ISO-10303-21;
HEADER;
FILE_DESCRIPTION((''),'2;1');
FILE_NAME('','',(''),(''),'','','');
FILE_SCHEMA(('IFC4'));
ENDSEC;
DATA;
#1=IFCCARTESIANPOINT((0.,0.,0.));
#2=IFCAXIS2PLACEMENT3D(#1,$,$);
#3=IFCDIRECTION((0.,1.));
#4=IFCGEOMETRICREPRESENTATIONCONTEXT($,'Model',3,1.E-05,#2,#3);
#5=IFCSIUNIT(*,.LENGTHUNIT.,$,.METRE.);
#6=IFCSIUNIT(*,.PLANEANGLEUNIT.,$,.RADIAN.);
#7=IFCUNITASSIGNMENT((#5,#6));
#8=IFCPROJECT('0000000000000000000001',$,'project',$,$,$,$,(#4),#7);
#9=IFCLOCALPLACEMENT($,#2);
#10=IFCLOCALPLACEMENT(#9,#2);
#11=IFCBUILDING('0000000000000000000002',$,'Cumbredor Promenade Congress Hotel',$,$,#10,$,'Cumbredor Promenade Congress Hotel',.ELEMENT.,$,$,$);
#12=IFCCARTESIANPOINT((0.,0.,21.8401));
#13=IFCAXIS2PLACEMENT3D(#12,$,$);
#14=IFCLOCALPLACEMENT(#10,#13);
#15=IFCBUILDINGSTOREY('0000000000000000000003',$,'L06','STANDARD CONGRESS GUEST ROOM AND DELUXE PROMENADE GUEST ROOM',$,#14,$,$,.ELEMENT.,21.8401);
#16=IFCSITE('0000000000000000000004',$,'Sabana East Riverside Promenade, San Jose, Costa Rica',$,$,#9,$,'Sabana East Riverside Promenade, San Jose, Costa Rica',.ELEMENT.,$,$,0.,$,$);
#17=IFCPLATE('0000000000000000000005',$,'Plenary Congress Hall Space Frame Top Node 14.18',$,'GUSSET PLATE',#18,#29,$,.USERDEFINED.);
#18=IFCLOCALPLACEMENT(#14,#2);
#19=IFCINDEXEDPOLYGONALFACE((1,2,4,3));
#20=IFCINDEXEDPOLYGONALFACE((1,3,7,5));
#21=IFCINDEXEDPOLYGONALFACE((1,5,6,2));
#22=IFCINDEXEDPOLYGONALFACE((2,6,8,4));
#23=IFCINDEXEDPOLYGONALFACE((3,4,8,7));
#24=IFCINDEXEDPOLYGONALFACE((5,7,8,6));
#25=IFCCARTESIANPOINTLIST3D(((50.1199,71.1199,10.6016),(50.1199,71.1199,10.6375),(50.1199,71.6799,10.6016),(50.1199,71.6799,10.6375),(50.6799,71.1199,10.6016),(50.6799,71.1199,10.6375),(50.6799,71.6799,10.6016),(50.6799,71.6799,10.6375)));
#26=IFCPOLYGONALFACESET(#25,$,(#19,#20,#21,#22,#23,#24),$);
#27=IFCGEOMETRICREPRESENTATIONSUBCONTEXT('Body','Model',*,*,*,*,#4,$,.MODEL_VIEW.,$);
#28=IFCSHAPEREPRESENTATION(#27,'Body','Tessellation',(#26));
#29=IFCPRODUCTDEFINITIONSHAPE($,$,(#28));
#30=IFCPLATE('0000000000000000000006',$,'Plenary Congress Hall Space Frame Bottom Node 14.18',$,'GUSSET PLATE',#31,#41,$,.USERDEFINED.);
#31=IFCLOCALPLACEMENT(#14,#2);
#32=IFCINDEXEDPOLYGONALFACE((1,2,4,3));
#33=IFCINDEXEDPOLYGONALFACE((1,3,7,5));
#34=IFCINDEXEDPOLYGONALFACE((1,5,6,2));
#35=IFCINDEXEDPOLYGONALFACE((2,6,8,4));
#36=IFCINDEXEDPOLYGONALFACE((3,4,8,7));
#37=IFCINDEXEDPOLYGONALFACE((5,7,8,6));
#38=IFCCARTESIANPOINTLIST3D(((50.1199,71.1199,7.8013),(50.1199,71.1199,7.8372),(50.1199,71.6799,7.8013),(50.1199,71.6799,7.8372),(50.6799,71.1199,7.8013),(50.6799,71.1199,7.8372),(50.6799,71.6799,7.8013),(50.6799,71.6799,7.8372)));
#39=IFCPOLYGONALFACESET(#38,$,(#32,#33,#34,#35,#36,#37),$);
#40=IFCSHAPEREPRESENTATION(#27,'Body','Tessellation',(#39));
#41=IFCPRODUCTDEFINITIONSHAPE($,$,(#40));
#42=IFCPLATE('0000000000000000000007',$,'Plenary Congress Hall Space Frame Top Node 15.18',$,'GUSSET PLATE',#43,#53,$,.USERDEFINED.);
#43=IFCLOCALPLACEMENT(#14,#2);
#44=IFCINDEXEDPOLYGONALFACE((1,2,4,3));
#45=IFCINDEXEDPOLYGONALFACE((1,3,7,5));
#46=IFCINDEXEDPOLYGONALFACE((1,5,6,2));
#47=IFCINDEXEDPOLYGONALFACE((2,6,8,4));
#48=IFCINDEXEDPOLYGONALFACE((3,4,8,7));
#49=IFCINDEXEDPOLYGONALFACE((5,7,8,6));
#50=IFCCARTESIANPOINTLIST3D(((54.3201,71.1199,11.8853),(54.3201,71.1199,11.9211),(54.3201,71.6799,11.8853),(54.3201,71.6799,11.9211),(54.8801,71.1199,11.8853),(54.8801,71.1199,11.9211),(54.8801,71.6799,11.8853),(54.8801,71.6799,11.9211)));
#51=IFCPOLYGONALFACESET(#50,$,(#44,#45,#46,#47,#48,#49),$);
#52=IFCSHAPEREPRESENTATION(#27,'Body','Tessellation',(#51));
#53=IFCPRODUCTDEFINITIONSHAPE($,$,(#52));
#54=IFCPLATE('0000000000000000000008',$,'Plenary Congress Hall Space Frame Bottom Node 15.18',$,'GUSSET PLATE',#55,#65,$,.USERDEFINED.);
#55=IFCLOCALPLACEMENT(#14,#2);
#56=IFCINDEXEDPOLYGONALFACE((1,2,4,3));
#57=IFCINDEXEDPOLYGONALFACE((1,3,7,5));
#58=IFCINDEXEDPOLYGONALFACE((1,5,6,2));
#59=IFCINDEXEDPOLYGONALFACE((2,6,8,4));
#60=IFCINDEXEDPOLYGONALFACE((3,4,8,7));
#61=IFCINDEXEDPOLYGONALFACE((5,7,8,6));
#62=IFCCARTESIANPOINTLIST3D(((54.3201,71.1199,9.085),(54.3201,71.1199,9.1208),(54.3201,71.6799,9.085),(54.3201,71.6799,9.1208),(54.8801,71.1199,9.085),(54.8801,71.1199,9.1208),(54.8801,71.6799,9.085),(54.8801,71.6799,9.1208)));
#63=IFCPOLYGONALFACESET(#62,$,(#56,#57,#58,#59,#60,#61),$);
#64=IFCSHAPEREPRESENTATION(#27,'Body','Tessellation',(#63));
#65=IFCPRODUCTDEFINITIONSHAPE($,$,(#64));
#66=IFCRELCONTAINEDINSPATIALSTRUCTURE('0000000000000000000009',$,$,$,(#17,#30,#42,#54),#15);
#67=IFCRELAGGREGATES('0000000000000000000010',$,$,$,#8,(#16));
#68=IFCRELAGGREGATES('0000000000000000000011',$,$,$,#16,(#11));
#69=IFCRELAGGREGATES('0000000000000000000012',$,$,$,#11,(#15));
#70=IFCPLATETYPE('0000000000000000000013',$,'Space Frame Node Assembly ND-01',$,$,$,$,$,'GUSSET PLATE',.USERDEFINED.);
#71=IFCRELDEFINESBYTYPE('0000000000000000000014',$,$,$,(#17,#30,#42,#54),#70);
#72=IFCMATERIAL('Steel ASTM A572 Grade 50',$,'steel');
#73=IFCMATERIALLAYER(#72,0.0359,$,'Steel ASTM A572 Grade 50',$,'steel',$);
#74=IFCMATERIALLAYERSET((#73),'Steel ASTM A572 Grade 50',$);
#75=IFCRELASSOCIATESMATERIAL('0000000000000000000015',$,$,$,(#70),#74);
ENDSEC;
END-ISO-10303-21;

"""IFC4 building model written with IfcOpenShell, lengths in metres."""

from ifc_helpers import new_model, si_unit, direction, frame, origin, origin_2d, place, context, subcontext, project, spatial, rectangle, extrude, material, layer, layer_set, type_object, element, save


model = new_model("IFC4")

# Units and contexts
model_context = context("Model", 3, precision=1e-05, world=origin(), true_north=direction((0.0, 1.0)))
body_context = subcontext(model_context, "Body", "Model", "MODEL_VIEW")
ifc_project = project(units=[si_unit("LENGTHUNIT", "METRE"), si_unit("PLANEANGLEUNIT", "RADIAN")], contexts=[model_context])

# Site, building, storey
site_placement = place(None, origin())
site = spatial("IfcSite", under=ifc_project, at=site_placement, Name="Sabana East Riverside Promenade, San Jose, Costa Rica", LongName="Sabana East Riverside Promenade, San Jose, Costa Rica", CompositionType="ELEMENT", RefElevation=0.0)
building_placement = place(site_placement, origin())
building = spatial("IfcBuilding", under=site, at=building_placement, Name="Cumbredor Promenade Congress Hotel", LongName="Cumbredor Promenade Congress Hotel", CompositionType="ELEMENT")
storey_placement = place(building_placement, frame((0.0, 0.0, 21.8401)))
storey = spatial("IfcBuildingStorey", under=building, at=storey_placement, Name="L06", Description="STANDARD CONGRESS GUEST ROOM AND DELUXE PROMENADE GUEST ROOM", CompositionType="ELEMENT", Elevation=21.8401)

# Plates
ifc_material_1 = material(Name="Steel ASTM A572 Grade 50", Category="steel")
ifc_layer_1 = layer(ifc_material_1, 0.0359, Name="Steel ASTM A572 Grade 50", Category="steel")
ifc_layer_set_1 = layer_set([ifc_layer_1], Name="Steel ASTM A572 Grade 50")
plate_type_1 = type_object("IfcPlateType", Name="Space Frame Node Assembly ND-01", ElementType="GUSSET PLATE", PredefinedType="USERDEFINED", material=ifc_layer_set_1)
for number, where, z_axis, x_axis, name in (
    (1, (50.3999, 71.3999, 10.6016), (0.0, 0.0, 1.0), (1.0, 0.0, 0.0), "Plenary Congress Hall Space Frame Top Node 14.18"),
    (2, (50.3999, 71.3999, 7.8013), (0.0, 0.0, 1.0), (1.0, 0.0, 0.0), "Plenary Congress Hall Space Frame Bottom Node 14.18"),
    (3, (54.6001, 71.3999, 11.8853), (0.0, 0.0, 1.0), (1.0, 0.0, 0.0), "Plenary Congress Hall Space Frame Top Node 15.18"),
    (4, (54.6001, 71.3999, 9.085), (0.0, 0.0, 1.0), (1.0, 0.0, 0.0), "Plenary Congress Hall Space Frame Bottom Node 15.18"),
):
    element("IfcPlate", number, at=place(storey_placement, frame(where, z_axis=z_axis, x_axis=x_axis)), inside=storey, type_object=plate_type_1, Name=name, ObjectType="GUSSET PLATE", PredefinedType="USERDEFINED", context=body_context, shape_type="SweptSolid", body=[
        extrude(rectangle(XDim=0.5601, YDim=0.5601, at=origin_2d()), origin(), (0.0, 0.0, 1.0), 0.0359),
    ])

save(model, "model.ifc")
